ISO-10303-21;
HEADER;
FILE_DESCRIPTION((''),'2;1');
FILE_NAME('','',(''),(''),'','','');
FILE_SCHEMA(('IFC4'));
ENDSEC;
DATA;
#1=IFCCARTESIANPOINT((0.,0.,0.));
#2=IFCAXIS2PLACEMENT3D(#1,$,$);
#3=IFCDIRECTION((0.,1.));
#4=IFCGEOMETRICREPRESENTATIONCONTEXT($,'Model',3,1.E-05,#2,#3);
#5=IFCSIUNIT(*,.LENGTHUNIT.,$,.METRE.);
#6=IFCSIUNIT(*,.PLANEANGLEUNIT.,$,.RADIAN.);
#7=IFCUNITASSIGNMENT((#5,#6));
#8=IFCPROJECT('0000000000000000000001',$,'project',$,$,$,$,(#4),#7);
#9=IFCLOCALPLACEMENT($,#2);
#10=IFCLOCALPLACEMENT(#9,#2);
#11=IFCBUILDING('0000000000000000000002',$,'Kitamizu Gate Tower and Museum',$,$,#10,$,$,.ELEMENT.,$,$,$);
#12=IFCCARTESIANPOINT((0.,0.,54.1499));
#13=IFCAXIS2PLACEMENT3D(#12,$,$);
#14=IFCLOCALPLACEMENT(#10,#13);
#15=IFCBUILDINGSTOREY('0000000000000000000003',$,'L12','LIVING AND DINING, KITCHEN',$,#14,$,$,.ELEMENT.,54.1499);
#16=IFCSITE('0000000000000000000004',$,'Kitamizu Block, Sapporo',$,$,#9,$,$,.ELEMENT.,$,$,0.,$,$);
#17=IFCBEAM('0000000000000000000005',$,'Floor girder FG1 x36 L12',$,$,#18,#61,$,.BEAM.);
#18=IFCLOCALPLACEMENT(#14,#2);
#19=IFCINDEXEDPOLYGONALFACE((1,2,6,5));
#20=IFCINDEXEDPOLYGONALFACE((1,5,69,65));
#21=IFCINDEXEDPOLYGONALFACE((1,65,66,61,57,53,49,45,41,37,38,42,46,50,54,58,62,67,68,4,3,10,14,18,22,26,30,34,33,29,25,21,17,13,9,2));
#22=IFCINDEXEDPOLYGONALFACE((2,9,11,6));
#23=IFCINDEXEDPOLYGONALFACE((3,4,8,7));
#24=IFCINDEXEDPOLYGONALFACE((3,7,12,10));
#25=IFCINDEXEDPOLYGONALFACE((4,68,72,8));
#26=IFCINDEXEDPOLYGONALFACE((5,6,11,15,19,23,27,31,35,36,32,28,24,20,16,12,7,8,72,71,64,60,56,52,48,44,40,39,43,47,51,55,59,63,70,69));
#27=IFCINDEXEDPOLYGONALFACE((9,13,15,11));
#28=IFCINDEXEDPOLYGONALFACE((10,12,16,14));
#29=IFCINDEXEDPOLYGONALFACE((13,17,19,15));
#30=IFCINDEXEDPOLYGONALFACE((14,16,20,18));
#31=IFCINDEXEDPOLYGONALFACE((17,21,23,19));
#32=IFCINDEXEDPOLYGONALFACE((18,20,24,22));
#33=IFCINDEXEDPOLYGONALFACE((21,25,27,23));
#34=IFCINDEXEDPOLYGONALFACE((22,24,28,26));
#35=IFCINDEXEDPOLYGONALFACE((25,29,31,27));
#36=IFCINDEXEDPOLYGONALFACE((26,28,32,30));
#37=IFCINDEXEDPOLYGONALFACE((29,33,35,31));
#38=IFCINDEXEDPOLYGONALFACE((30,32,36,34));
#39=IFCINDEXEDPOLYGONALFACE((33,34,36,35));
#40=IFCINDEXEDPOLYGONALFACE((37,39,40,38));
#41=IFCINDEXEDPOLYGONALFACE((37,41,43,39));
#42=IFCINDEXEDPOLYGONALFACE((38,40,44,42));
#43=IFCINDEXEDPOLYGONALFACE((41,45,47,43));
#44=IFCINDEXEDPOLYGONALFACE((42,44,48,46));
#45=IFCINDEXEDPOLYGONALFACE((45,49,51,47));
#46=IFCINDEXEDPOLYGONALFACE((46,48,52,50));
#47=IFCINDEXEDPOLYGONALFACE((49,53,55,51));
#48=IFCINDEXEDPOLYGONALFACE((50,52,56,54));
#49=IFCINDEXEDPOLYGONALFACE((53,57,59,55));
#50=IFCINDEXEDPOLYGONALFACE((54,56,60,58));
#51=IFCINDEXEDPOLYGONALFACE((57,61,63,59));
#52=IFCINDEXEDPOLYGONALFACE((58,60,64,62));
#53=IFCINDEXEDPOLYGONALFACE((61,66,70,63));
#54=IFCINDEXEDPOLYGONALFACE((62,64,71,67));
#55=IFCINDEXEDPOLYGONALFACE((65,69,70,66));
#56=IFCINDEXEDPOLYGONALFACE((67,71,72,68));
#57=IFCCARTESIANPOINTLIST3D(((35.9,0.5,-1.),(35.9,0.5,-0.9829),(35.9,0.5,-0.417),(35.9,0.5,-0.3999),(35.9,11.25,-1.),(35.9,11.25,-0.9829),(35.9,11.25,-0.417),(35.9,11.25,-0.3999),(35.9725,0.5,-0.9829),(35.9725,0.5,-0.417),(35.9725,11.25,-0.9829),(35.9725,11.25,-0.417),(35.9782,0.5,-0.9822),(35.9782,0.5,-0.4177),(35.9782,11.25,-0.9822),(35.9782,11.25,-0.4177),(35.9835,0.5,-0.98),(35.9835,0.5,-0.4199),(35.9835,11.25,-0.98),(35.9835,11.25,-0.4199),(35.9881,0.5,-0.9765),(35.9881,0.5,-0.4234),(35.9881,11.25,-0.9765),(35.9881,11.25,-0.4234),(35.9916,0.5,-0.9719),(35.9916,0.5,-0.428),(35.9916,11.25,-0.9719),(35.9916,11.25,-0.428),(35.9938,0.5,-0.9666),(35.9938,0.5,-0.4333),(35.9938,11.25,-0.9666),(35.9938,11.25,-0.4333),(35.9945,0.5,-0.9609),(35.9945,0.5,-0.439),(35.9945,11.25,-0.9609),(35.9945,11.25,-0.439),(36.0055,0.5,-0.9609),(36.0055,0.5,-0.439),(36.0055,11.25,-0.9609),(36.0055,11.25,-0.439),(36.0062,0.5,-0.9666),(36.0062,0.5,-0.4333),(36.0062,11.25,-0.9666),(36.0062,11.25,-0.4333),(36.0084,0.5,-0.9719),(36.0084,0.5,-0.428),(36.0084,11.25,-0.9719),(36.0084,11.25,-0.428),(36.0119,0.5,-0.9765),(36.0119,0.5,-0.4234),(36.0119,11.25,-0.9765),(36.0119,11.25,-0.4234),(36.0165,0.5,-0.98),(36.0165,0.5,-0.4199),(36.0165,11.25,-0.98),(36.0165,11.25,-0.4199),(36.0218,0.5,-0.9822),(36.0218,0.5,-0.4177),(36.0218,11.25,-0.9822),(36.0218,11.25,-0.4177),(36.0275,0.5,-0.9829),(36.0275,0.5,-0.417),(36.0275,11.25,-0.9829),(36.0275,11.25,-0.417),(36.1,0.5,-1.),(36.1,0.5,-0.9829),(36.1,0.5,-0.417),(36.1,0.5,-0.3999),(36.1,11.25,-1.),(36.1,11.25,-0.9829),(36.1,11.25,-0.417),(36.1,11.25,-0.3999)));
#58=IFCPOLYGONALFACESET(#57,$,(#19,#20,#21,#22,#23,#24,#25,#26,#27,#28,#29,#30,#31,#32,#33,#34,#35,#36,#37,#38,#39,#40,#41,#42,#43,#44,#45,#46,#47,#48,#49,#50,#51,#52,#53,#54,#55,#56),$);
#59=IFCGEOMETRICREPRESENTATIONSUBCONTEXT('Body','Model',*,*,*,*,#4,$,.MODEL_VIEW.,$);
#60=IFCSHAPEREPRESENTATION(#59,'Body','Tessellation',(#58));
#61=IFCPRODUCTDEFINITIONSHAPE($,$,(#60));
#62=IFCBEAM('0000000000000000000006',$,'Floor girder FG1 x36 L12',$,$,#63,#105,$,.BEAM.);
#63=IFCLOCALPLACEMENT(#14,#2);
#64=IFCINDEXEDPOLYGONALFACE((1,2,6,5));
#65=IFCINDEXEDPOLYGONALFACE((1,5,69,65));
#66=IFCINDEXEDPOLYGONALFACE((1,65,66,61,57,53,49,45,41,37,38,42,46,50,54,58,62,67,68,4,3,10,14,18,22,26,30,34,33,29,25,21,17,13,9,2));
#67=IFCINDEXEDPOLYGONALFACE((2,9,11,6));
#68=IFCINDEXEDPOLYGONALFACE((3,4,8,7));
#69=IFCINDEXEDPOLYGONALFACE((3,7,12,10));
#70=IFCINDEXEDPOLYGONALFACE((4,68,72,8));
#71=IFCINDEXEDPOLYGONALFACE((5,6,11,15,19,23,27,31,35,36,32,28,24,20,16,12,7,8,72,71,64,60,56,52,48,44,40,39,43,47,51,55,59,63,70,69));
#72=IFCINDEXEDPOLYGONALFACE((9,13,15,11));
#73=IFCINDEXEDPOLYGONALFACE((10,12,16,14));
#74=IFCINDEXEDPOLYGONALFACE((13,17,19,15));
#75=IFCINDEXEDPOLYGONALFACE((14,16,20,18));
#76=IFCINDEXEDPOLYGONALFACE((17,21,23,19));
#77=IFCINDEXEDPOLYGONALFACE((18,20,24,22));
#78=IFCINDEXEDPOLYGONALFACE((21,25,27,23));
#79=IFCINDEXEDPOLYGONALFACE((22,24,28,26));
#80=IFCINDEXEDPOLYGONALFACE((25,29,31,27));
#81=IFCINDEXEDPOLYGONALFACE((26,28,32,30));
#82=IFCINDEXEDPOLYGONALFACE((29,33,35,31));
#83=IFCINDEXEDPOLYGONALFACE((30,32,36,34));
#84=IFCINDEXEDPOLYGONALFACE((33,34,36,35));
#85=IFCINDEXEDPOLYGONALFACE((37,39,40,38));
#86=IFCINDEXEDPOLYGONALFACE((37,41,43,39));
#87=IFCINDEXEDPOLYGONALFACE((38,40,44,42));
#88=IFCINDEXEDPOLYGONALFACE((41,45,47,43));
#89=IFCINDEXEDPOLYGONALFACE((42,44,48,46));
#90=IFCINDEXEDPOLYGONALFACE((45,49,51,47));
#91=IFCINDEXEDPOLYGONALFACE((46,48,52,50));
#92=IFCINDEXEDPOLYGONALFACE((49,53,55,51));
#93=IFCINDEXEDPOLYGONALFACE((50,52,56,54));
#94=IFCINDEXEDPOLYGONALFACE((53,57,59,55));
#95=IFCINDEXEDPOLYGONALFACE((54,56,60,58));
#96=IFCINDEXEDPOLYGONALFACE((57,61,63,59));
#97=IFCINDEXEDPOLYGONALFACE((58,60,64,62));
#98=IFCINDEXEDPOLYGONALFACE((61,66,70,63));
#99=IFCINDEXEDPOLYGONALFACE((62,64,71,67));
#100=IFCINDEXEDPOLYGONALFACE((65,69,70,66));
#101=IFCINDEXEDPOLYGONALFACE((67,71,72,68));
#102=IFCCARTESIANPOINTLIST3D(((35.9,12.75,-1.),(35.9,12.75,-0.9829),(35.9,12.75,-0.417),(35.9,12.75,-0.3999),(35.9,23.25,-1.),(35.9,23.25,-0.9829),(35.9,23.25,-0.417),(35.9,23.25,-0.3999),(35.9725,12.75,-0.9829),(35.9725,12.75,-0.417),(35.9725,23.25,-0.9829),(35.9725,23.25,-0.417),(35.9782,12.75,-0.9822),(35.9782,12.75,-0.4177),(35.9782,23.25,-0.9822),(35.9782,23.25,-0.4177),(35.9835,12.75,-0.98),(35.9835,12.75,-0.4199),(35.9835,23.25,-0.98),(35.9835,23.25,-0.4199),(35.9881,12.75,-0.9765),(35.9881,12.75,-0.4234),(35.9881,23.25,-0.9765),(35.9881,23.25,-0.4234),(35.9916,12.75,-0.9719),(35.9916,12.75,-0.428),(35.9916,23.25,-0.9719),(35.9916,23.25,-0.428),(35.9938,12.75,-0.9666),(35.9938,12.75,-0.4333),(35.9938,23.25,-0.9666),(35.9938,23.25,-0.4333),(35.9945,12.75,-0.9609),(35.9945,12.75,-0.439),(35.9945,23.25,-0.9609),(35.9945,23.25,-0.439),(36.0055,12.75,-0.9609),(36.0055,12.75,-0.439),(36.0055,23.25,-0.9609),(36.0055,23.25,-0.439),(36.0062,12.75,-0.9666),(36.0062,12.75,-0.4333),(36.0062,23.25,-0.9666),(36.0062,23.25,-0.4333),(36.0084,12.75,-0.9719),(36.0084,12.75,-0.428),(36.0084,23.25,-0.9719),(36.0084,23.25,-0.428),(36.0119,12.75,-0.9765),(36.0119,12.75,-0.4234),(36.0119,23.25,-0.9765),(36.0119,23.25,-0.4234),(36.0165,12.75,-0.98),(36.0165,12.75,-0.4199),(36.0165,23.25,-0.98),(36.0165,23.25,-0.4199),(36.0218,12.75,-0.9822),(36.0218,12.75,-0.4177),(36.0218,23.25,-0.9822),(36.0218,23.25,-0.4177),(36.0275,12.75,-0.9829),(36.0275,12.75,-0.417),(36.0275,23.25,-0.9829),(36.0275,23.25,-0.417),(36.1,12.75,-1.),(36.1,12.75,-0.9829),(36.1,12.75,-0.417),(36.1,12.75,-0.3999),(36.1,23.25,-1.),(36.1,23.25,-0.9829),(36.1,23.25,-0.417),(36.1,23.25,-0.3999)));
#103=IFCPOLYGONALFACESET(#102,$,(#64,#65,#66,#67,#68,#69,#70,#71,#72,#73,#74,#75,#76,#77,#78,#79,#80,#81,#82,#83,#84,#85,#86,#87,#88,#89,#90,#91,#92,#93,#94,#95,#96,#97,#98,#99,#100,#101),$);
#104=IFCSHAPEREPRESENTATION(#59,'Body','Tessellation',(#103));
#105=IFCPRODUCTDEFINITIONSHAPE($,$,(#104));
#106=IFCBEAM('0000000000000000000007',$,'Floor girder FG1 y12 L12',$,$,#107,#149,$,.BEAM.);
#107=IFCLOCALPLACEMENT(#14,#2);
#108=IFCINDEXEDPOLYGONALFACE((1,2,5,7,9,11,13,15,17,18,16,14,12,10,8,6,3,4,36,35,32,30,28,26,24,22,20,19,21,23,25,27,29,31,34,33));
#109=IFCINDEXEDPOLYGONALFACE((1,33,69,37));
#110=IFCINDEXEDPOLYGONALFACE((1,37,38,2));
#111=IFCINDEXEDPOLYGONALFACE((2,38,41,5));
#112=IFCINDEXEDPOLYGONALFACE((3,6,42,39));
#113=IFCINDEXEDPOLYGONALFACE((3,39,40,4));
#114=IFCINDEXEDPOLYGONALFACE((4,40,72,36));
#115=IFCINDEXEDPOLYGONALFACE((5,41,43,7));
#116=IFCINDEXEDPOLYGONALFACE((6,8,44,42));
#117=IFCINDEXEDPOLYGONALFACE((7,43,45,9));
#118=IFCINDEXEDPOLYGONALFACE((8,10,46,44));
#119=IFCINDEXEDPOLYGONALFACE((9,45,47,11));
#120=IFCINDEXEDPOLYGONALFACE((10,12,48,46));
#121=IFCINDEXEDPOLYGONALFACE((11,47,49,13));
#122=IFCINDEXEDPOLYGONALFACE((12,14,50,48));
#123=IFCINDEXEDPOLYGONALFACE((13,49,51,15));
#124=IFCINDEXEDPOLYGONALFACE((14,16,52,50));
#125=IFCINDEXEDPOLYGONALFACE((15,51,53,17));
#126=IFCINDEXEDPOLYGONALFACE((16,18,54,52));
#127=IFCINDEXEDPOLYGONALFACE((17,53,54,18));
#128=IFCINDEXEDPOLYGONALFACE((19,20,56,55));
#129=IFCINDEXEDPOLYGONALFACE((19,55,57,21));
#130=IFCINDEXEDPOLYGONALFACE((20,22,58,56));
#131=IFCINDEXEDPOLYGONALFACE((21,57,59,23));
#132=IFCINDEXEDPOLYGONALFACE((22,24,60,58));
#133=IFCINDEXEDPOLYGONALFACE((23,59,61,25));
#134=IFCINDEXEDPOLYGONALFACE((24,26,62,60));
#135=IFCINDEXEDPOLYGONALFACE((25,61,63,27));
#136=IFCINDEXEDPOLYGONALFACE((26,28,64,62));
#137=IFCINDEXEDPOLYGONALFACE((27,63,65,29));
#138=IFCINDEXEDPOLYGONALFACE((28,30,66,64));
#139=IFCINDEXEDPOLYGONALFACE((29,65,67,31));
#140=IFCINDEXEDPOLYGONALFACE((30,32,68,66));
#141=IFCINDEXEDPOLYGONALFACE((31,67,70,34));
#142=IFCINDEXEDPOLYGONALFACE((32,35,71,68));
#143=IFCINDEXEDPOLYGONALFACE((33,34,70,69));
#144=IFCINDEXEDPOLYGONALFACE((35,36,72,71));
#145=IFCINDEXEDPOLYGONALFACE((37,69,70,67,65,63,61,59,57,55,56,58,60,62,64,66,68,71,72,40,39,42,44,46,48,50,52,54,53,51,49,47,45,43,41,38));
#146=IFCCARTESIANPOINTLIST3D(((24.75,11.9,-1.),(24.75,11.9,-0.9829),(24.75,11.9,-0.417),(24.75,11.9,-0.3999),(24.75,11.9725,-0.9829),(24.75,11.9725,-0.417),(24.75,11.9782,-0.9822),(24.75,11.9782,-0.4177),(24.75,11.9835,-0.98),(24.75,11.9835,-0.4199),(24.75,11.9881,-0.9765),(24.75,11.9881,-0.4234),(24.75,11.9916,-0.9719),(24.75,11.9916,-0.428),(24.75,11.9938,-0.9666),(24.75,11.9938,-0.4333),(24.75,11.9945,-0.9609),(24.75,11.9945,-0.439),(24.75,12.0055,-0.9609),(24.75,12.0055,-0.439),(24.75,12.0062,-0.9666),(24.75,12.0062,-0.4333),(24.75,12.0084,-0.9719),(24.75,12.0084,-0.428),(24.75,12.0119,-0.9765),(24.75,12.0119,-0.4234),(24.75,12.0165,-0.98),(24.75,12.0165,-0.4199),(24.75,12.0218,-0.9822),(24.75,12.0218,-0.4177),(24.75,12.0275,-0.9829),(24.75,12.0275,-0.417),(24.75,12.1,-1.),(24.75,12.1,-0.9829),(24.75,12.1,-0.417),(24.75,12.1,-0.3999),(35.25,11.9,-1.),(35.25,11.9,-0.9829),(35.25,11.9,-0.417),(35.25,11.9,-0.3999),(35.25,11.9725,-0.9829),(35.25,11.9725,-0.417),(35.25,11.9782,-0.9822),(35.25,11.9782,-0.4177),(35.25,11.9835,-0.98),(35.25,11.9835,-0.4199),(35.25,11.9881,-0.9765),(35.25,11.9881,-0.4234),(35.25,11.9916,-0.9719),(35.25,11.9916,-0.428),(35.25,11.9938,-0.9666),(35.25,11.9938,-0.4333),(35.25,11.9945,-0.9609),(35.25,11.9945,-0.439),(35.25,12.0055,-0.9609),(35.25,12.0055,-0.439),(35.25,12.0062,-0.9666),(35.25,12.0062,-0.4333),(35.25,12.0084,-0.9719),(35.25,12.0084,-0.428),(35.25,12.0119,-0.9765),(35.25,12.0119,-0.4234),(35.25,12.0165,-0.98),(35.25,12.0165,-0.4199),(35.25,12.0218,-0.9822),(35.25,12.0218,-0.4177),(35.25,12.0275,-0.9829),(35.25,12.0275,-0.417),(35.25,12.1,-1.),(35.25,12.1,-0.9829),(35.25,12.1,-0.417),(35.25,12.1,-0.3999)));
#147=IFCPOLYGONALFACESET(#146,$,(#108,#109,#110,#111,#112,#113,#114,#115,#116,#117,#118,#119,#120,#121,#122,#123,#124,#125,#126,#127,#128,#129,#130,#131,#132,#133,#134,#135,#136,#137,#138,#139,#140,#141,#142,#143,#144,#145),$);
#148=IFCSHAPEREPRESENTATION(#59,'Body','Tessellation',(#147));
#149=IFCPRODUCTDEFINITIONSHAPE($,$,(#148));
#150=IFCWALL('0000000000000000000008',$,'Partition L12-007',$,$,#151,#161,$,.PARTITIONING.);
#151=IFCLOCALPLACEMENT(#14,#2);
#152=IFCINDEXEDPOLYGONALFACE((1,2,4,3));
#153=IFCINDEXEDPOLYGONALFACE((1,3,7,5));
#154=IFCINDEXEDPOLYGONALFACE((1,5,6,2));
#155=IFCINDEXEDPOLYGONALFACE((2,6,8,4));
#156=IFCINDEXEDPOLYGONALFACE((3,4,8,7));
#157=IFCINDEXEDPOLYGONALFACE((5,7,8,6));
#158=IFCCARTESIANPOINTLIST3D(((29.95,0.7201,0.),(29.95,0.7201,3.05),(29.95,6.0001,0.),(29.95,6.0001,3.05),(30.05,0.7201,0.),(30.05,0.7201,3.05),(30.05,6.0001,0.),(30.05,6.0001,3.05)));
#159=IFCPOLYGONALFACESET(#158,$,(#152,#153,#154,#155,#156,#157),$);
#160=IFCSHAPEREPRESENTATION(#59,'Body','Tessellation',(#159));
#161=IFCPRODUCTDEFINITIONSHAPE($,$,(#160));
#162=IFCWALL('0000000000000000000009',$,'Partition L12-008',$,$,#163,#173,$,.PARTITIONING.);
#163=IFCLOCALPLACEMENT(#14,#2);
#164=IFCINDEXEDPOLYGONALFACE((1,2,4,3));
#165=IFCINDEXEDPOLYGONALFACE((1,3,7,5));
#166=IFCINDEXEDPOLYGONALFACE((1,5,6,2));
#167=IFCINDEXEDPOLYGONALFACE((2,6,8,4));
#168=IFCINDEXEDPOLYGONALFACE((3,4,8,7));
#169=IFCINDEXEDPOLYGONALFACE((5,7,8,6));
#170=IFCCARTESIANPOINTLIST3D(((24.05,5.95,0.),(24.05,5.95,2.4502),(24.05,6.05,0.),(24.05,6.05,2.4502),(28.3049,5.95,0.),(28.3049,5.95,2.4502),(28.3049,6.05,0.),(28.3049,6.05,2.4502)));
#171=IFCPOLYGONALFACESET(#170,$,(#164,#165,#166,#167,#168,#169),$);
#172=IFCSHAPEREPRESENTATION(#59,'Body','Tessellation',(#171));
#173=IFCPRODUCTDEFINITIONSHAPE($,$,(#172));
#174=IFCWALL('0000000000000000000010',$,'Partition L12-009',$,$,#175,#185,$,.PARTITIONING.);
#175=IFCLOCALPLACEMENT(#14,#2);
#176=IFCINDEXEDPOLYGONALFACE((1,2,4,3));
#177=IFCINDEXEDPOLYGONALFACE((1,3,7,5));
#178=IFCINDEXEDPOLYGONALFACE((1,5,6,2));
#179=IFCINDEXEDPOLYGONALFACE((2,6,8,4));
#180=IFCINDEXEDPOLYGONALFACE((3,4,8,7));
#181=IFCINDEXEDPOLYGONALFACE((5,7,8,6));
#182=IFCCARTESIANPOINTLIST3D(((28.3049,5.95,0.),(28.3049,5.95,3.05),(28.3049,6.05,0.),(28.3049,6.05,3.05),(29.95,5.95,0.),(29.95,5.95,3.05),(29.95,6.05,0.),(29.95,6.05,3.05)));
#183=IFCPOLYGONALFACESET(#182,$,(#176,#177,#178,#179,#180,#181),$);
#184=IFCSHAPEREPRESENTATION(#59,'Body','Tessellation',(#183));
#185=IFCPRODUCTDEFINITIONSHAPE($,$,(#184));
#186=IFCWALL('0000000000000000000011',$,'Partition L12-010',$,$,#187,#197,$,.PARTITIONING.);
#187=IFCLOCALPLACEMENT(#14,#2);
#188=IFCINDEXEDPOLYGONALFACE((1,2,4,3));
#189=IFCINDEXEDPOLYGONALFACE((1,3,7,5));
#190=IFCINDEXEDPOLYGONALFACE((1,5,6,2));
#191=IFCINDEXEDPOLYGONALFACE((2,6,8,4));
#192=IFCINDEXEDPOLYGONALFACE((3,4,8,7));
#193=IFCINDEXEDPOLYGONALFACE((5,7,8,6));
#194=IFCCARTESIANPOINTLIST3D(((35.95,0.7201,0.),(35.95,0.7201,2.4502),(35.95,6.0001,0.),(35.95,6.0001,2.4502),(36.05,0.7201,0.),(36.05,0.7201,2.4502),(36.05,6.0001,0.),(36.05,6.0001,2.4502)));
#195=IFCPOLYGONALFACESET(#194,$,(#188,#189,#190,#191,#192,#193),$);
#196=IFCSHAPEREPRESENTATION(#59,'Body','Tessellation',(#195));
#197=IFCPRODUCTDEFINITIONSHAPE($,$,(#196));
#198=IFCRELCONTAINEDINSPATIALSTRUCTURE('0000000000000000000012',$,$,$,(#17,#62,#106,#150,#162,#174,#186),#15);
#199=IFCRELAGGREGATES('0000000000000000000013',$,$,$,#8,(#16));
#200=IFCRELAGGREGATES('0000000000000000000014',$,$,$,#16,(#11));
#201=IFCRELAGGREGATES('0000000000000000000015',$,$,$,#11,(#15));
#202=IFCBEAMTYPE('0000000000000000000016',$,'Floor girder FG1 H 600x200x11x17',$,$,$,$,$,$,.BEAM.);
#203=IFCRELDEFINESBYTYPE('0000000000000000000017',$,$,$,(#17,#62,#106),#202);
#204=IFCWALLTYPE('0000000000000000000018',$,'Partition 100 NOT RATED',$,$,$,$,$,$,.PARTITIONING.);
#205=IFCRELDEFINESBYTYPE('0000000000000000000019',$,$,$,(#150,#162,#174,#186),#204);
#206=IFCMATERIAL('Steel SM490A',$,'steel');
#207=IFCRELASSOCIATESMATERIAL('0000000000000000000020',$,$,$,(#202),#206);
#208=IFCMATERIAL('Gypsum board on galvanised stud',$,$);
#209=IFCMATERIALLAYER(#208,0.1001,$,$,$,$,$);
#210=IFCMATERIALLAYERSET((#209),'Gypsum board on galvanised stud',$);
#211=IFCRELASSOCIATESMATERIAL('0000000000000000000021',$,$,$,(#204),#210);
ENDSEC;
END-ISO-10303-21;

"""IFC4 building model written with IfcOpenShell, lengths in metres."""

from ifc_helpers import new_model, si_unit, direction, frame, frame_2d, origin, origin_2d, place, context, subcontext, project, spatial, rectangle, i_section, extrude, material, layer, layer_set, material_profile, profile_set, type_object, element, save


model = new_model("IFC4")

# Units and contexts
model_context = context("Model", 3, precision=1e-05, world=origin(), true_north=direction((0.0, 1.0)))
body_context = subcontext(model_context, "Body", "Model", "MODEL_VIEW")
ifc_project = project(units=[si_unit("LENGTHUNIT", "METRE"), si_unit("PLANEANGLEUNIT", "RADIAN")], contexts=[model_context])

# Site, building, storey
site_placement = place(None, origin())
site = spatial("IfcSite", under=ifc_project, at=site_placement, Name="Kitamizu Block, Sapporo", CompositionType="ELEMENT", RefElevation=0.0)
building_placement = place(site_placement, origin())
building = spatial("IfcBuilding", under=site, at=building_placement, Name="Kitamizu Gate Tower and Museum", CompositionType="ELEMENT")
storey_placement = place(building_placement, frame((0.0, 0.0, 54.1499)))
storey = spatial("IfcBuildingStorey", under=building, at=storey_placement, Name="L12", Description="LIVING AND DINING, KITCHEN", CompositionType="ELEMENT", Elevation=54.1499)

# Beams
ifc_material_1 = material(Name="Steel SM490A", Category="steel")
ifc_material_profile_1 = material_profile(ifc_material_1, i_section(OverallWidth=0.2, OverallDepth=0.6001, WebThickness=0.011, FlangeThickness=0.0171, FilletRadius=0.022, at=origin_2d()), Name="H-600x200x11x17")
ifc_profile_set_1 = profile_set([ifc_material_profile_1], Name="Steel SM490A")
beam_type_1 = type_object("IfcBeamType", Name="Floor girder FG1 H 600x200x11x17", PredefinedType="BEAM", material=ifc_profile_set_1)
beam_1_placement = place(storey_placement, frame((36.0, 0.5, -0.7), z_axis=(0.0, 1.0, 0.0), x_axis=(-1.0, 0.0, 0.0)))
element("IfcBeam", 1, at=beam_1_placement, inside=storey, type_object=beam_type_1, Name="Floor girder FG1 x36 L12", PredefinedType="BEAM", context=body_context, shape_type="SweptSolid", body=[
    extrude(i_section(OverallWidth=0.2, OverallDepth=0.6001, WebThickness=0.011, FlangeThickness=0.0171, FilletRadius=0.022, at=origin_2d()), origin(), (0.0, 0.0, 1.0), 10.75),
])
for number, where, z_axis, x_axis, name in (
    (2, (36.0, 12.75, -0.7), (0.0, 1.0, 0.0), (-1.0, 0.0, 0.0), "Floor girder FG1 x36 L12"),
    (3, (24.75, 12.0, -0.7), (1.0, 0.0, 0.0), (0.0, 1.0, 0.0), "Floor girder FG1 y12 L12"),
):
    element("IfcBeam", number, at=place(storey_placement, frame(where, z_axis=z_axis, x_axis=x_axis)), inside=storey, type_object=beam_type_1, Name=name, PredefinedType="BEAM", context=body_context, shape_type="SweptSolid", body=[
        extrude(i_section(OverallWidth=0.2, OverallDepth=0.6001, WebThickness=0.011, FlangeThickness=0.0171, FilletRadius=0.022, at=origin_2d()), origin(), (0.0, 0.0, 1.0), 10.5),
    ])

# Walls
ifc_material_2 = material(Name="Gypsum board on galvanised stud")
ifc_layer_1 = layer(ifc_material_2, 0.1001)
ifc_layer_set_1 = layer_set([ifc_layer_1], Name="Gypsum board on galvanised stud")
wall_type_1 = type_object("IfcWallType", Name="Partition 100 NOT RATED", PredefinedType="PARTITIONING", material=ifc_layer_set_1)
wall_1_placement = place(storey_placement, frame((30.0, 0.72, 0.0), z_axis=(0.0, 0.0, 1.0), x_axis=(0.0, 1.0, 0.0)))
element("IfcWall", 4, at=wall_1_placement, inside=storey, type_object=wall_type_1, Name="Partition L12-007", PredefinedType="PARTITIONING", context=body_context, shape_type="SweptSolid", body=[
    extrude(rectangle(XDim=5.28, YDim=0.1001, at=frame_2d((2.6401, 0.0))), origin(), (0.0, 0.0, 1.0), 3.05),
])
wall_2_placement = place(storey_placement, frame((28.3049, 6.0, 0.0), z_axis=(0.0, 0.0, 1.0), x_axis=(-1.0, 0.0, 0.0)))
element("IfcWall", 5, at=wall_2_placement, inside=storey, type_object=wall_type_1, Name="Partition L12-008", PredefinedType="PARTITIONING", context=body_context, shape_type="SweptSolid", body=[
    extrude(rectangle(XDim=4.2549, YDim=0.1001, at=frame_2d((2.1274, 0.0))), origin(), (0.0, 0.0, 1.0), 2.4502),
])
wall_3_placement = place(storey_placement, frame((29.95, 6.0, 0.0), z_axis=(0.0, 0.0, 1.0), x_axis=(-1.0, 0.0, 0.0)))
element("IfcWall", 6, at=wall_3_placement, inside=storey, type_object=wall_type_1, Name="Partition L12-009", PredefinedType="PARTITIONING", context=body_context, shape_type="SweptSolid", body=[
    extrude(rectangle(XDim=1.645, YDim=0.1001, at=frame_2d((0.8225, 0.0))), origin(), (0.0, 0.0, 1.0), 3.05),
])
wall_4_placement = place(storey_placement, frame((36.0, 0.72, 0.0), z_axis=(0.0, 0.0, 1.0), x_axis=(0.0, 1.0, 0.0)))
element("IfcWall", 7, at=wall_4_placement, inside=storey, type_object=wall_type_1, Name="Partition L12-010", PredefinedType="PARTITIONING", context=body_context, shape_type="SweptSolid", body=[
    extrude(rectangle(XDim=5.28, YDim=0.1001, at=frame_2d((2.6401, 0.0))), origin(), (0.0, 0.0, 1.0), 2.4502),
])

save(model, "model.ifc")
